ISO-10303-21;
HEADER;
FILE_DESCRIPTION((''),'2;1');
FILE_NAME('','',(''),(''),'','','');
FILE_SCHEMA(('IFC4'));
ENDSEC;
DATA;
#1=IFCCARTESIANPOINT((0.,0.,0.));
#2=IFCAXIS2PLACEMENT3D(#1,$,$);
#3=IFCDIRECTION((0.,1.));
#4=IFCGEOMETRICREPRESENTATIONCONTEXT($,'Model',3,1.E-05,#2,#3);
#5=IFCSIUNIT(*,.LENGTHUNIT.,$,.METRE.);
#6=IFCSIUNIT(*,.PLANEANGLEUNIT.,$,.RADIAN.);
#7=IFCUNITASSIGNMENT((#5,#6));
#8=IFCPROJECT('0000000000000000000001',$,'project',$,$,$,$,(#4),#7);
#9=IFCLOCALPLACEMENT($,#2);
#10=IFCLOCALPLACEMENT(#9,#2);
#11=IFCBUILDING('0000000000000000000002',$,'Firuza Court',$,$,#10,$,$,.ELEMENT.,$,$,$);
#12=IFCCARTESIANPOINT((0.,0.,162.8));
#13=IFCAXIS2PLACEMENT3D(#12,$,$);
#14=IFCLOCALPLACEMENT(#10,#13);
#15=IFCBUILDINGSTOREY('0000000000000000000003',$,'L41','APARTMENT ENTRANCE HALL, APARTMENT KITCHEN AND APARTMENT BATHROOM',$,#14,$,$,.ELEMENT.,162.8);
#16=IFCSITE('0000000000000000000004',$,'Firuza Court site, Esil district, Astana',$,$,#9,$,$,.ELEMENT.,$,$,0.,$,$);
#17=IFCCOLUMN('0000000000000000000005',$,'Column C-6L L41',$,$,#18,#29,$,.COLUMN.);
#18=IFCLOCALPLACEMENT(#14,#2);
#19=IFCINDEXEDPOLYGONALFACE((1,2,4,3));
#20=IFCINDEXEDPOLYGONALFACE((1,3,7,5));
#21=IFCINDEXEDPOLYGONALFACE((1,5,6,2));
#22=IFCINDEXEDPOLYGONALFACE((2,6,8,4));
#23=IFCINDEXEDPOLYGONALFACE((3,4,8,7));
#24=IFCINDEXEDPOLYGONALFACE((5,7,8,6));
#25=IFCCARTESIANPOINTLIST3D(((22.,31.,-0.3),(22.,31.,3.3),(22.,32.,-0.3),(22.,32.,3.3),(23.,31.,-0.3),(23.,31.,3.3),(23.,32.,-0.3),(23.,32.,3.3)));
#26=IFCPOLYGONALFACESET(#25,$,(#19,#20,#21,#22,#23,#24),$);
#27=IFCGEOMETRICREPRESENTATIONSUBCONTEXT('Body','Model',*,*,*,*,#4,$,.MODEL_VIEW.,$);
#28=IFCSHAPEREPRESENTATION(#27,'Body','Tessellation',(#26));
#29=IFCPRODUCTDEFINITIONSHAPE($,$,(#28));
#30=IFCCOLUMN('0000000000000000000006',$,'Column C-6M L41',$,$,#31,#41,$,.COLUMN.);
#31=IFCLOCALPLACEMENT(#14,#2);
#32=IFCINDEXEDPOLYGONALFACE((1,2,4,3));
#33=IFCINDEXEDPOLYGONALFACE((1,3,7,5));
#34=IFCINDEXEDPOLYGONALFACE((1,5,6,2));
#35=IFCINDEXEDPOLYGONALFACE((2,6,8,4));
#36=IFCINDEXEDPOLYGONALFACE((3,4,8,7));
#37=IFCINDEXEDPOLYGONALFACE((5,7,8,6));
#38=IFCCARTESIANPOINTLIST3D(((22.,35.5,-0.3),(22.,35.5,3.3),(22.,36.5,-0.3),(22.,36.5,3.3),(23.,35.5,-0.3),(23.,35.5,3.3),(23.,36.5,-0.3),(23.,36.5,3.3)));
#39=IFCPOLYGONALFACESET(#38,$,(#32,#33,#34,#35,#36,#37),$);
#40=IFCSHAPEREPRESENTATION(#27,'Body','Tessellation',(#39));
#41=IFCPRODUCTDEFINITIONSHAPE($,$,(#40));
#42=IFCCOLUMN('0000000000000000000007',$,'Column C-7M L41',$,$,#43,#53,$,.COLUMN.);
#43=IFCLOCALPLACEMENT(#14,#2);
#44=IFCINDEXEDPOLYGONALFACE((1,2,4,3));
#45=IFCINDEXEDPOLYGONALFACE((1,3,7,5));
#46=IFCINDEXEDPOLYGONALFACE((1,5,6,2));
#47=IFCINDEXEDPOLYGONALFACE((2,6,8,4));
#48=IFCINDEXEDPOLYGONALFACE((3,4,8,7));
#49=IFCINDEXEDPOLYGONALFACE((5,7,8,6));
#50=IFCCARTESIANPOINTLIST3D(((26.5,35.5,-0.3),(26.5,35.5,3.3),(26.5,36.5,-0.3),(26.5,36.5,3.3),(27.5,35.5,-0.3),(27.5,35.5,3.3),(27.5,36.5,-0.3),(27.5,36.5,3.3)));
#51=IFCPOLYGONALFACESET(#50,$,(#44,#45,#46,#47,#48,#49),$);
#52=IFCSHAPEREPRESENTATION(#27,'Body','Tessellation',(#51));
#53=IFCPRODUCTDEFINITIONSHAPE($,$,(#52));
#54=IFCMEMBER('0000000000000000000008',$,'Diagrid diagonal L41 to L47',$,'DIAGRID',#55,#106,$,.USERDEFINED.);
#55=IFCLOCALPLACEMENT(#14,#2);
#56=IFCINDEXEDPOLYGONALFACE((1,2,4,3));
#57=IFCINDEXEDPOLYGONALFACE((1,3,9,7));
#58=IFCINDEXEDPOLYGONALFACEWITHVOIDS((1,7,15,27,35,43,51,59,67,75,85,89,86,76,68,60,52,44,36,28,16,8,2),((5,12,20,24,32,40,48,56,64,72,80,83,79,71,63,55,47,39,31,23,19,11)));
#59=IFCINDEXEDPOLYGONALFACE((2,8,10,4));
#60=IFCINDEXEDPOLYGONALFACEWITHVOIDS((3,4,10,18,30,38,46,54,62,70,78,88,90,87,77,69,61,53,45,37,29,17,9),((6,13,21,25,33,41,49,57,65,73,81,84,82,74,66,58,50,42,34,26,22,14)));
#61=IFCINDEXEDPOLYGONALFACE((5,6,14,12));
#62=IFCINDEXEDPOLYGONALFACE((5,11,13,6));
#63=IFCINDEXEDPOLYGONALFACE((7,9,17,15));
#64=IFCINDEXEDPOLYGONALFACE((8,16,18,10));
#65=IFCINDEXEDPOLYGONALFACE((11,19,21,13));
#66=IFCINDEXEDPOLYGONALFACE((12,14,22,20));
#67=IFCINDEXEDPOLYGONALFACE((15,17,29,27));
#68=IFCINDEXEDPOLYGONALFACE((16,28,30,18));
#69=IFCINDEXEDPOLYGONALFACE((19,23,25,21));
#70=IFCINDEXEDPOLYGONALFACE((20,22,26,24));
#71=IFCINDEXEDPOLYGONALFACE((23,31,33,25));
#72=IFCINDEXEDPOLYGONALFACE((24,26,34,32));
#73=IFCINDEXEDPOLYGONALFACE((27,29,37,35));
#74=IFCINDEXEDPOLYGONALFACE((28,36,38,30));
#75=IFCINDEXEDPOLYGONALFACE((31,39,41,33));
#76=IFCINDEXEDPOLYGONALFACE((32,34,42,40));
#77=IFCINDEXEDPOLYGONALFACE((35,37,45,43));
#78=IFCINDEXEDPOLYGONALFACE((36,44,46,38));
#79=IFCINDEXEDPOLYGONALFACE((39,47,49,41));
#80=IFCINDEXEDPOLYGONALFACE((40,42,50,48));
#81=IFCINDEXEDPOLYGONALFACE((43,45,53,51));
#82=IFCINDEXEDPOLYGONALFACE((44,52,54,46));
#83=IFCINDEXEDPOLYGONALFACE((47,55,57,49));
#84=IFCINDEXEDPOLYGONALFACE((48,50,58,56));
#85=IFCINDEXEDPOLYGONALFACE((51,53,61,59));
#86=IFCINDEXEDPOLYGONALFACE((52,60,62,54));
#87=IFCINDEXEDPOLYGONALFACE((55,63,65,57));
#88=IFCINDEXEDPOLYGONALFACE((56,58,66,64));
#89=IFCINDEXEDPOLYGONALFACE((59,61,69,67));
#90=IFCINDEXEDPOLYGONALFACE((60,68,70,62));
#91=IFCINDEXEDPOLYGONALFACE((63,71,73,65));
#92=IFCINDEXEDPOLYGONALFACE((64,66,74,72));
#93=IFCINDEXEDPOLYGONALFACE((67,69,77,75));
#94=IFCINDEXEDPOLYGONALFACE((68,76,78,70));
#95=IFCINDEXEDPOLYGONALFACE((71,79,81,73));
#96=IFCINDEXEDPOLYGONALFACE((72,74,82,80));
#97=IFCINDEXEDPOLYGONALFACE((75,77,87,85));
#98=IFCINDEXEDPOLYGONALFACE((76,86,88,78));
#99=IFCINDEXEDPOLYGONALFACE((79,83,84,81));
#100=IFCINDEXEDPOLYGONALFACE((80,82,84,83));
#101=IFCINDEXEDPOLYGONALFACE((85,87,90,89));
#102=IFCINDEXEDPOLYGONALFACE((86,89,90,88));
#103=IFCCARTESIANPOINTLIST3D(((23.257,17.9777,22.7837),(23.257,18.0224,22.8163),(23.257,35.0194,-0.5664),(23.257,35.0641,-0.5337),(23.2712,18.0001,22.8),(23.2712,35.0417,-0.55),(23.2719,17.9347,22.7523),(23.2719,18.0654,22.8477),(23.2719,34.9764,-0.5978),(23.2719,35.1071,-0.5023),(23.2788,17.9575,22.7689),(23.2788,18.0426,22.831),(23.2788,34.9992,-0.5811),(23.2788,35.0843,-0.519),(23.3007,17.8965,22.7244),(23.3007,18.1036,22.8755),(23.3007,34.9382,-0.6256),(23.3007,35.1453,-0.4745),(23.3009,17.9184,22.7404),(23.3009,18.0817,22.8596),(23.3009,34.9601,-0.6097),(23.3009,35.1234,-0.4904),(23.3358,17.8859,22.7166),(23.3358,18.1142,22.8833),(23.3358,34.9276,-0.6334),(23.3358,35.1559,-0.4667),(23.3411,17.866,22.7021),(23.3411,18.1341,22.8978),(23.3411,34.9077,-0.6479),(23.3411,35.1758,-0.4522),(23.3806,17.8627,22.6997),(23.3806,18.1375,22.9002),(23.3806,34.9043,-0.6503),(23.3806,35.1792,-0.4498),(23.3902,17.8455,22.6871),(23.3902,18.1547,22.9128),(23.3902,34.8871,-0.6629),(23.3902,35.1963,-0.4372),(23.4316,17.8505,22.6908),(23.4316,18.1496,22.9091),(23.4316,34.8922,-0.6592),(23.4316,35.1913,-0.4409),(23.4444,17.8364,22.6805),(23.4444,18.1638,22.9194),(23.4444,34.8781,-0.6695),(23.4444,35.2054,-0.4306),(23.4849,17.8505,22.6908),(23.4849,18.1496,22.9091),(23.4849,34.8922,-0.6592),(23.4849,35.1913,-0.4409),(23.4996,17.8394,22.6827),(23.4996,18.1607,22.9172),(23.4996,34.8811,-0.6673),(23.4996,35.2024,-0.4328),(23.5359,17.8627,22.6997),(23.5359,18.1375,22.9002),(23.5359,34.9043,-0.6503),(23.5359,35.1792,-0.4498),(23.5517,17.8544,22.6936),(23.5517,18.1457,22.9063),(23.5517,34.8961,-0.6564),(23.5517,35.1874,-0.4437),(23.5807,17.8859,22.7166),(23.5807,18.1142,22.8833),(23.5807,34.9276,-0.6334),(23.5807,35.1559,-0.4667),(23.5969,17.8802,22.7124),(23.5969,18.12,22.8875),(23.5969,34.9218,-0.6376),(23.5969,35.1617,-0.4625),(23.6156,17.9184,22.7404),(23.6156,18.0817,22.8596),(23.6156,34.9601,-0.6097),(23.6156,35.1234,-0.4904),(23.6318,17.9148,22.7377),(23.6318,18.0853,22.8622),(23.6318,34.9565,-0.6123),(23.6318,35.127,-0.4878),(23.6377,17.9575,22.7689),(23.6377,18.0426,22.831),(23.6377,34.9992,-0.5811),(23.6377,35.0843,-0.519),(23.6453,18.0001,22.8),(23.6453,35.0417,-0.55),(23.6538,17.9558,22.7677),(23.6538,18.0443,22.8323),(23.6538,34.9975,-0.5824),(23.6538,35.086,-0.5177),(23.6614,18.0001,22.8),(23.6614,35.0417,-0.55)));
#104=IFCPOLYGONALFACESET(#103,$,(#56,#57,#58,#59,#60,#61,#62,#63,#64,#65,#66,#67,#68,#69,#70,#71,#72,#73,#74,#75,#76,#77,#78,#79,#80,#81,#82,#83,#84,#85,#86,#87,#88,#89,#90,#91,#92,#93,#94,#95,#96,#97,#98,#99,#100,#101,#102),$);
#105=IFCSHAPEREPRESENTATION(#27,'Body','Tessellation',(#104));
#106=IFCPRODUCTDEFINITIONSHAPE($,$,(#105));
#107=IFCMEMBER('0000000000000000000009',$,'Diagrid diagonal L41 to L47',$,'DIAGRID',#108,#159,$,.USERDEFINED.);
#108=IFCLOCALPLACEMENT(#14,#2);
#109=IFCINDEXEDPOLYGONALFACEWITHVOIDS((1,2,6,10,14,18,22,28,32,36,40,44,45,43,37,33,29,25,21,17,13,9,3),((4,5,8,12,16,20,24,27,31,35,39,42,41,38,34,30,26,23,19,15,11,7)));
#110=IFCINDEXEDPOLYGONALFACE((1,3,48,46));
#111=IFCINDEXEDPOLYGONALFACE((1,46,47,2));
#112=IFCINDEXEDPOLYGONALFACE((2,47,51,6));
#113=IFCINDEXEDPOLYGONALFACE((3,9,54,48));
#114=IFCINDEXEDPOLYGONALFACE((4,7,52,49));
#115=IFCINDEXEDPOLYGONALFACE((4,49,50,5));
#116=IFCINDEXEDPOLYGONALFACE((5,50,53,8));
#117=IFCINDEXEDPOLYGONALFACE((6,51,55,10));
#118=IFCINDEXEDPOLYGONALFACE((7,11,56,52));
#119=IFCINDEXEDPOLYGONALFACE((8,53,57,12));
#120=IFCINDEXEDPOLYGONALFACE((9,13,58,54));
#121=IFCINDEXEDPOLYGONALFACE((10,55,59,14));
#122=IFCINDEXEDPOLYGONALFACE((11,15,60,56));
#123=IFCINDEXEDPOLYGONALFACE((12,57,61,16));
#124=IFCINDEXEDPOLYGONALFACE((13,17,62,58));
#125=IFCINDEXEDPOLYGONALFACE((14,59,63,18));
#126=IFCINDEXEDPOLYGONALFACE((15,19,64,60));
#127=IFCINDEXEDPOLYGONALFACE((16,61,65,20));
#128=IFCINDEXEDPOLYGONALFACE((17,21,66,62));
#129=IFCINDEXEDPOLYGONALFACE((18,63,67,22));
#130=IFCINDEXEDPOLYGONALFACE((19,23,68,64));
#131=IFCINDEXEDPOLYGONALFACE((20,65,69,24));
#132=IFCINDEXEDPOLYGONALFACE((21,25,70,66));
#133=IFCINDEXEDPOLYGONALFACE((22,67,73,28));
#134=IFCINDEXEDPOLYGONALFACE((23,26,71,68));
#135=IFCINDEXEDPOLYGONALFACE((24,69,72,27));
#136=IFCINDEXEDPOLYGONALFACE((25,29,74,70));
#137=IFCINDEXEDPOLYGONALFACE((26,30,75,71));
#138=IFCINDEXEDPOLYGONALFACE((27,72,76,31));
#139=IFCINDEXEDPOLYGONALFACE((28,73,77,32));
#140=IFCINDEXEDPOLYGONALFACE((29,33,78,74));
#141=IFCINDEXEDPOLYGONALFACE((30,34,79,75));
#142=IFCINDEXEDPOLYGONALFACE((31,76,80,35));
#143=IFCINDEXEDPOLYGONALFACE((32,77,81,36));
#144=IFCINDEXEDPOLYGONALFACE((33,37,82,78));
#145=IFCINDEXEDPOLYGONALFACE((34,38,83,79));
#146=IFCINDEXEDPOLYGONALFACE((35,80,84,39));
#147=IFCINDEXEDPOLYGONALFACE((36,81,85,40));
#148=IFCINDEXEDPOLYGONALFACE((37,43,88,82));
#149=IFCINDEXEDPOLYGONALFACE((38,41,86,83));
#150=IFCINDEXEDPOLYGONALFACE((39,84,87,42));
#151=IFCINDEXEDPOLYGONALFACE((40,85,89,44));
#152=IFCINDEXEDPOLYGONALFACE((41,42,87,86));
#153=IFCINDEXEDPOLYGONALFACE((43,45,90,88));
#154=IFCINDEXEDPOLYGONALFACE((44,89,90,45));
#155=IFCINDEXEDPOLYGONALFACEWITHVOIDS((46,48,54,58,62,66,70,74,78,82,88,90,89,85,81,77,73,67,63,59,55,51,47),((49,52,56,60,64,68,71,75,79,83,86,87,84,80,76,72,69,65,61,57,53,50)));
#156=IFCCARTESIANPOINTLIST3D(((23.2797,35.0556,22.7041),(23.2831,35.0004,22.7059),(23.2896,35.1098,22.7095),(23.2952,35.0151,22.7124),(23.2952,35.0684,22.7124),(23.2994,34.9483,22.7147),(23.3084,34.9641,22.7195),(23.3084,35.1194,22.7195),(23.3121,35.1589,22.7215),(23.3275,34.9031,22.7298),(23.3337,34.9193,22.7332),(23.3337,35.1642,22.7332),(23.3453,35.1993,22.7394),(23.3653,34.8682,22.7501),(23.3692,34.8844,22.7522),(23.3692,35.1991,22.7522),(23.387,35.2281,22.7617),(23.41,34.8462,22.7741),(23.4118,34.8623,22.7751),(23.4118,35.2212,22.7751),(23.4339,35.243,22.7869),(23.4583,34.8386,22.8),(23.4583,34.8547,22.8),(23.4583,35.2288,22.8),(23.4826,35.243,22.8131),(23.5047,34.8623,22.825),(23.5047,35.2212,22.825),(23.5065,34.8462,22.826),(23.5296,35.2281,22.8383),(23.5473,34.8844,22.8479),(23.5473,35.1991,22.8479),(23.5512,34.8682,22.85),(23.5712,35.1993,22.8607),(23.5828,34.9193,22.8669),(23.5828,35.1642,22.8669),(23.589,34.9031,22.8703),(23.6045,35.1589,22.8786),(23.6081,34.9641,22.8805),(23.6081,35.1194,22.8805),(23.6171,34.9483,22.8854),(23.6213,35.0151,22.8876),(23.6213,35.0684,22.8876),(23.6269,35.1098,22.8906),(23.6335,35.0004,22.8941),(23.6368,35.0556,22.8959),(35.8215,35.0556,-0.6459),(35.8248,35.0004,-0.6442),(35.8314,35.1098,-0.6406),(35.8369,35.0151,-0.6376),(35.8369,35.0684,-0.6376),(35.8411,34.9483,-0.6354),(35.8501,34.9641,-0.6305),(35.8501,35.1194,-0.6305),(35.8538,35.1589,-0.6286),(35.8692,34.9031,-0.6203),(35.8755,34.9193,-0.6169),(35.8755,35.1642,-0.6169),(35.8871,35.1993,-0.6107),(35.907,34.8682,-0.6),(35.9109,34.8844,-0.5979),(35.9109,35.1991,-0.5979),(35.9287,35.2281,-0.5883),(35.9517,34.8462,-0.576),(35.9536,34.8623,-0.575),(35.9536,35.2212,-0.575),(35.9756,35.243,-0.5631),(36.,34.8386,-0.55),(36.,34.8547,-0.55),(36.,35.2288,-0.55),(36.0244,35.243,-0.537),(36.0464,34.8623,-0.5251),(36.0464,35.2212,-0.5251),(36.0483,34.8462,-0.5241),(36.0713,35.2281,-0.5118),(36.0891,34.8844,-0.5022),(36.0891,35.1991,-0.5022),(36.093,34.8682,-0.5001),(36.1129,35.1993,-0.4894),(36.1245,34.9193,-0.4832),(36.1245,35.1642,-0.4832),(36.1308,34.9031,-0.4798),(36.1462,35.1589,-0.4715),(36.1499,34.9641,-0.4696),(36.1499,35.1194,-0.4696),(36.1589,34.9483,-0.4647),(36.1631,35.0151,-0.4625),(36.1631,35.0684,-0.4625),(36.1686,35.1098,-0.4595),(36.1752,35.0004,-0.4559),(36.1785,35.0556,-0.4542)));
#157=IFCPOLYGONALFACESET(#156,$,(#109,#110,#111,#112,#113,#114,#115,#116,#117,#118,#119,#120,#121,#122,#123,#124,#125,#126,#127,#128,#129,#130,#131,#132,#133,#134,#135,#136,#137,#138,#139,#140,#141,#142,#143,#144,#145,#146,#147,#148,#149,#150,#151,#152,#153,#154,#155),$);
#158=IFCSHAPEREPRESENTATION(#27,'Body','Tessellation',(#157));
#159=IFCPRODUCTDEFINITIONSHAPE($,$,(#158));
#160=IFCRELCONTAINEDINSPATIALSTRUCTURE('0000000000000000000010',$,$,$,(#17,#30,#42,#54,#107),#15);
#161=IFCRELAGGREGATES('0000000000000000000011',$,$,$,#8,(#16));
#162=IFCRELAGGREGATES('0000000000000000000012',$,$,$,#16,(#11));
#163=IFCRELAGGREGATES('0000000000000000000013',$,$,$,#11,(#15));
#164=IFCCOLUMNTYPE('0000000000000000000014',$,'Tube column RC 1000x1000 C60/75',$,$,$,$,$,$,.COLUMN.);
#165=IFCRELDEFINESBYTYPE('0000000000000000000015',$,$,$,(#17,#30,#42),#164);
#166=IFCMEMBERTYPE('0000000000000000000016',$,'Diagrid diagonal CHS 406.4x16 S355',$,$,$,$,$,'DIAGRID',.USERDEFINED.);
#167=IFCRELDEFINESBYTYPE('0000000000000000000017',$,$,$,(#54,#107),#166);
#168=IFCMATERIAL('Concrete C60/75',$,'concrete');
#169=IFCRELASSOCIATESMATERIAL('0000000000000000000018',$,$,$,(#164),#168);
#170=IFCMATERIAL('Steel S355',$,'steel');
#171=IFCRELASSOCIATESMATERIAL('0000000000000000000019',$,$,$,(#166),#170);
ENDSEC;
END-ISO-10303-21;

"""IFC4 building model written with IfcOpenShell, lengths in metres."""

from ifc_helpers import new_model, si_unit, direction, frame, origin, origin_2d, place, context, subcontext, project, spatial, rectangle, hollow_circle, extrude, material, material_profile, profile_set, type_object, element, save


model = new_model("IFC4")

# Units and contexts
model_context = context("Model", 3, precision=1e-05, world=origin(), true_north=direction((0.0, 1.0)))
body_context = subcontext(model_context, "Body", "Model", "MODEL_VIEW")
ifc_project = project(units=[si_unit("LENGTHUNIT", "METRE"), si_unit("PLANEANGLEUNIT", "RADIAN")], contexts=[model_context])

# Site, building, storey
site_placement = place(None, origin())
site = spatial("IfcSite", under=ifc_project, at=site_placement, Name="Firuza Court site, Esil district, Astana", CompositionType="ELEMENT", RefElevation=0.0)
building_placement = place(site_placement, origin())
building = spatial("IfcBuilding", under=site, at=building_placement, Name="Firuza Court", CompositionType="ELEMENT")
storey_placement = place(building_placement, frame((0.0, 0.0, 162.8)))
storey = spatial("IfcBuildingStorey", under=building, at=storey_placement, Name="L41", Description="APARTMENT ENTRANCE HALL, APARTMENT KITCHEN AND APARTMENT BATHROOM", CompositionType="ELEMENT", Elevation=162.8)

# Columns
ifc_material_1 = material(Name="Concrete C60/75", Category="concrete")
ifc_material_profile_1 = material_profile(ifc_material_1, rectangle(XDim=1.0, YDim=1.0, at=origin_2d()), Name="RC 1000x1000")
ifc_profile_set_1 = profile_set([ifc_material_profile_1], Name="Concrete C60/75")
column_type = type_object("IfcColumnType", Name="Tube column RC 1000x1000 C60/75", PredefinedType="COLUMN", material=ifc_profile_set_1)
for number, where, z_axis, x_axis, name in (
    (1, (22.5, 31.5, -0.3), (0.0, 0.0, 1.0), (1.0, 0.0, 0.0), "Column C-6L L41"),
    (2, (22.5, 36.0, -0.3), (0.0, 0.0, 1.0), (1.0, 0.0, 0.0), "Column C-6M L41"),
    (3, (27.0, 36.0, -0.3), (0.0, 0.0, 1.0), (1.0, 0.0, 0.0), "Column C-7M L41"),
):
    element("IfcColumn", number, at=place(storey_placement, frame(where, z_axis=z_axis, x_axis=x_axis)), inside=storey, type_object=column_type, Name=name, PredefinedType="COLUMN", context=body_context, shape_type="SweptSolid", body=[
        extrude(rectangle(XDim=1.0, YDim=1.0, at=origin_2d()), origin(), (0.0, 0.0, 1.0), 3.6001),
    ])

# Members
ifc_material_2 = material(Name="Steel S355", Category="steel")
ifc_material_profile_2 = material_profile(ifc_material_2, hollow_circle(Radius=0.2031, WallThickness=0.0161, at=origin_2d()), Name="CHS 406.4x16")
ifc_profile_set_2 = profile_set([ifc_material_profile_2], Name="Steel S355")
member_type = type_object("IfcMemberType", Name="Diagrid diagonal CHS 406.4x16 S355", ElementType="DIAGRID", PredefinedType="USERDEFINED", material=ifc_profile_set_2)
member_1_placement = place(storey_placement, frame((23.4583, 35.0417, -0.55), z_axis=(0.0, -0.589525, 0.80775), x_axis=(1.0, 0.0, 0.0)))
element("IfcMember", 4, at=member_1_placement, inside=storey, type_object=member_type, Name="Diagrid diagonal L41 to L47", ObjectType="DIAGRID", PredefinedType="USERDEFINED", context=body_context, shape_type="SweptSolid", body=[
    extrude(hollow_circle(Radius=0.2031, WallThickness=0.0161, at=origin_2d()), origin(), (0.0, 0.0, 1.0), 28.9075),
])
member_2_placement = place(storey_placement, frame((36.0, 35.0417, -0.55), z_axis=(-0.473182, 0.0, 0.880965), x_axis=(0.0, -1.0, 0.0)))
element("IfcMember", 5, at=member_2_placement, inside=storey, type_object=member_type, Name="Diagrid diagonal L41 to L47", ObjectType="DIAGRID", PredefinedType="USERDEFINED", context=body_context, shape_type="SweptSolid", body=[
    extrude(hollow_circle(Radius=0.2031, WallThickness=0.0161, at=origin_2d()), origin(), (0.0, 0.0, 1.0), 26.5051),
])

save(model, "model.ifc")
